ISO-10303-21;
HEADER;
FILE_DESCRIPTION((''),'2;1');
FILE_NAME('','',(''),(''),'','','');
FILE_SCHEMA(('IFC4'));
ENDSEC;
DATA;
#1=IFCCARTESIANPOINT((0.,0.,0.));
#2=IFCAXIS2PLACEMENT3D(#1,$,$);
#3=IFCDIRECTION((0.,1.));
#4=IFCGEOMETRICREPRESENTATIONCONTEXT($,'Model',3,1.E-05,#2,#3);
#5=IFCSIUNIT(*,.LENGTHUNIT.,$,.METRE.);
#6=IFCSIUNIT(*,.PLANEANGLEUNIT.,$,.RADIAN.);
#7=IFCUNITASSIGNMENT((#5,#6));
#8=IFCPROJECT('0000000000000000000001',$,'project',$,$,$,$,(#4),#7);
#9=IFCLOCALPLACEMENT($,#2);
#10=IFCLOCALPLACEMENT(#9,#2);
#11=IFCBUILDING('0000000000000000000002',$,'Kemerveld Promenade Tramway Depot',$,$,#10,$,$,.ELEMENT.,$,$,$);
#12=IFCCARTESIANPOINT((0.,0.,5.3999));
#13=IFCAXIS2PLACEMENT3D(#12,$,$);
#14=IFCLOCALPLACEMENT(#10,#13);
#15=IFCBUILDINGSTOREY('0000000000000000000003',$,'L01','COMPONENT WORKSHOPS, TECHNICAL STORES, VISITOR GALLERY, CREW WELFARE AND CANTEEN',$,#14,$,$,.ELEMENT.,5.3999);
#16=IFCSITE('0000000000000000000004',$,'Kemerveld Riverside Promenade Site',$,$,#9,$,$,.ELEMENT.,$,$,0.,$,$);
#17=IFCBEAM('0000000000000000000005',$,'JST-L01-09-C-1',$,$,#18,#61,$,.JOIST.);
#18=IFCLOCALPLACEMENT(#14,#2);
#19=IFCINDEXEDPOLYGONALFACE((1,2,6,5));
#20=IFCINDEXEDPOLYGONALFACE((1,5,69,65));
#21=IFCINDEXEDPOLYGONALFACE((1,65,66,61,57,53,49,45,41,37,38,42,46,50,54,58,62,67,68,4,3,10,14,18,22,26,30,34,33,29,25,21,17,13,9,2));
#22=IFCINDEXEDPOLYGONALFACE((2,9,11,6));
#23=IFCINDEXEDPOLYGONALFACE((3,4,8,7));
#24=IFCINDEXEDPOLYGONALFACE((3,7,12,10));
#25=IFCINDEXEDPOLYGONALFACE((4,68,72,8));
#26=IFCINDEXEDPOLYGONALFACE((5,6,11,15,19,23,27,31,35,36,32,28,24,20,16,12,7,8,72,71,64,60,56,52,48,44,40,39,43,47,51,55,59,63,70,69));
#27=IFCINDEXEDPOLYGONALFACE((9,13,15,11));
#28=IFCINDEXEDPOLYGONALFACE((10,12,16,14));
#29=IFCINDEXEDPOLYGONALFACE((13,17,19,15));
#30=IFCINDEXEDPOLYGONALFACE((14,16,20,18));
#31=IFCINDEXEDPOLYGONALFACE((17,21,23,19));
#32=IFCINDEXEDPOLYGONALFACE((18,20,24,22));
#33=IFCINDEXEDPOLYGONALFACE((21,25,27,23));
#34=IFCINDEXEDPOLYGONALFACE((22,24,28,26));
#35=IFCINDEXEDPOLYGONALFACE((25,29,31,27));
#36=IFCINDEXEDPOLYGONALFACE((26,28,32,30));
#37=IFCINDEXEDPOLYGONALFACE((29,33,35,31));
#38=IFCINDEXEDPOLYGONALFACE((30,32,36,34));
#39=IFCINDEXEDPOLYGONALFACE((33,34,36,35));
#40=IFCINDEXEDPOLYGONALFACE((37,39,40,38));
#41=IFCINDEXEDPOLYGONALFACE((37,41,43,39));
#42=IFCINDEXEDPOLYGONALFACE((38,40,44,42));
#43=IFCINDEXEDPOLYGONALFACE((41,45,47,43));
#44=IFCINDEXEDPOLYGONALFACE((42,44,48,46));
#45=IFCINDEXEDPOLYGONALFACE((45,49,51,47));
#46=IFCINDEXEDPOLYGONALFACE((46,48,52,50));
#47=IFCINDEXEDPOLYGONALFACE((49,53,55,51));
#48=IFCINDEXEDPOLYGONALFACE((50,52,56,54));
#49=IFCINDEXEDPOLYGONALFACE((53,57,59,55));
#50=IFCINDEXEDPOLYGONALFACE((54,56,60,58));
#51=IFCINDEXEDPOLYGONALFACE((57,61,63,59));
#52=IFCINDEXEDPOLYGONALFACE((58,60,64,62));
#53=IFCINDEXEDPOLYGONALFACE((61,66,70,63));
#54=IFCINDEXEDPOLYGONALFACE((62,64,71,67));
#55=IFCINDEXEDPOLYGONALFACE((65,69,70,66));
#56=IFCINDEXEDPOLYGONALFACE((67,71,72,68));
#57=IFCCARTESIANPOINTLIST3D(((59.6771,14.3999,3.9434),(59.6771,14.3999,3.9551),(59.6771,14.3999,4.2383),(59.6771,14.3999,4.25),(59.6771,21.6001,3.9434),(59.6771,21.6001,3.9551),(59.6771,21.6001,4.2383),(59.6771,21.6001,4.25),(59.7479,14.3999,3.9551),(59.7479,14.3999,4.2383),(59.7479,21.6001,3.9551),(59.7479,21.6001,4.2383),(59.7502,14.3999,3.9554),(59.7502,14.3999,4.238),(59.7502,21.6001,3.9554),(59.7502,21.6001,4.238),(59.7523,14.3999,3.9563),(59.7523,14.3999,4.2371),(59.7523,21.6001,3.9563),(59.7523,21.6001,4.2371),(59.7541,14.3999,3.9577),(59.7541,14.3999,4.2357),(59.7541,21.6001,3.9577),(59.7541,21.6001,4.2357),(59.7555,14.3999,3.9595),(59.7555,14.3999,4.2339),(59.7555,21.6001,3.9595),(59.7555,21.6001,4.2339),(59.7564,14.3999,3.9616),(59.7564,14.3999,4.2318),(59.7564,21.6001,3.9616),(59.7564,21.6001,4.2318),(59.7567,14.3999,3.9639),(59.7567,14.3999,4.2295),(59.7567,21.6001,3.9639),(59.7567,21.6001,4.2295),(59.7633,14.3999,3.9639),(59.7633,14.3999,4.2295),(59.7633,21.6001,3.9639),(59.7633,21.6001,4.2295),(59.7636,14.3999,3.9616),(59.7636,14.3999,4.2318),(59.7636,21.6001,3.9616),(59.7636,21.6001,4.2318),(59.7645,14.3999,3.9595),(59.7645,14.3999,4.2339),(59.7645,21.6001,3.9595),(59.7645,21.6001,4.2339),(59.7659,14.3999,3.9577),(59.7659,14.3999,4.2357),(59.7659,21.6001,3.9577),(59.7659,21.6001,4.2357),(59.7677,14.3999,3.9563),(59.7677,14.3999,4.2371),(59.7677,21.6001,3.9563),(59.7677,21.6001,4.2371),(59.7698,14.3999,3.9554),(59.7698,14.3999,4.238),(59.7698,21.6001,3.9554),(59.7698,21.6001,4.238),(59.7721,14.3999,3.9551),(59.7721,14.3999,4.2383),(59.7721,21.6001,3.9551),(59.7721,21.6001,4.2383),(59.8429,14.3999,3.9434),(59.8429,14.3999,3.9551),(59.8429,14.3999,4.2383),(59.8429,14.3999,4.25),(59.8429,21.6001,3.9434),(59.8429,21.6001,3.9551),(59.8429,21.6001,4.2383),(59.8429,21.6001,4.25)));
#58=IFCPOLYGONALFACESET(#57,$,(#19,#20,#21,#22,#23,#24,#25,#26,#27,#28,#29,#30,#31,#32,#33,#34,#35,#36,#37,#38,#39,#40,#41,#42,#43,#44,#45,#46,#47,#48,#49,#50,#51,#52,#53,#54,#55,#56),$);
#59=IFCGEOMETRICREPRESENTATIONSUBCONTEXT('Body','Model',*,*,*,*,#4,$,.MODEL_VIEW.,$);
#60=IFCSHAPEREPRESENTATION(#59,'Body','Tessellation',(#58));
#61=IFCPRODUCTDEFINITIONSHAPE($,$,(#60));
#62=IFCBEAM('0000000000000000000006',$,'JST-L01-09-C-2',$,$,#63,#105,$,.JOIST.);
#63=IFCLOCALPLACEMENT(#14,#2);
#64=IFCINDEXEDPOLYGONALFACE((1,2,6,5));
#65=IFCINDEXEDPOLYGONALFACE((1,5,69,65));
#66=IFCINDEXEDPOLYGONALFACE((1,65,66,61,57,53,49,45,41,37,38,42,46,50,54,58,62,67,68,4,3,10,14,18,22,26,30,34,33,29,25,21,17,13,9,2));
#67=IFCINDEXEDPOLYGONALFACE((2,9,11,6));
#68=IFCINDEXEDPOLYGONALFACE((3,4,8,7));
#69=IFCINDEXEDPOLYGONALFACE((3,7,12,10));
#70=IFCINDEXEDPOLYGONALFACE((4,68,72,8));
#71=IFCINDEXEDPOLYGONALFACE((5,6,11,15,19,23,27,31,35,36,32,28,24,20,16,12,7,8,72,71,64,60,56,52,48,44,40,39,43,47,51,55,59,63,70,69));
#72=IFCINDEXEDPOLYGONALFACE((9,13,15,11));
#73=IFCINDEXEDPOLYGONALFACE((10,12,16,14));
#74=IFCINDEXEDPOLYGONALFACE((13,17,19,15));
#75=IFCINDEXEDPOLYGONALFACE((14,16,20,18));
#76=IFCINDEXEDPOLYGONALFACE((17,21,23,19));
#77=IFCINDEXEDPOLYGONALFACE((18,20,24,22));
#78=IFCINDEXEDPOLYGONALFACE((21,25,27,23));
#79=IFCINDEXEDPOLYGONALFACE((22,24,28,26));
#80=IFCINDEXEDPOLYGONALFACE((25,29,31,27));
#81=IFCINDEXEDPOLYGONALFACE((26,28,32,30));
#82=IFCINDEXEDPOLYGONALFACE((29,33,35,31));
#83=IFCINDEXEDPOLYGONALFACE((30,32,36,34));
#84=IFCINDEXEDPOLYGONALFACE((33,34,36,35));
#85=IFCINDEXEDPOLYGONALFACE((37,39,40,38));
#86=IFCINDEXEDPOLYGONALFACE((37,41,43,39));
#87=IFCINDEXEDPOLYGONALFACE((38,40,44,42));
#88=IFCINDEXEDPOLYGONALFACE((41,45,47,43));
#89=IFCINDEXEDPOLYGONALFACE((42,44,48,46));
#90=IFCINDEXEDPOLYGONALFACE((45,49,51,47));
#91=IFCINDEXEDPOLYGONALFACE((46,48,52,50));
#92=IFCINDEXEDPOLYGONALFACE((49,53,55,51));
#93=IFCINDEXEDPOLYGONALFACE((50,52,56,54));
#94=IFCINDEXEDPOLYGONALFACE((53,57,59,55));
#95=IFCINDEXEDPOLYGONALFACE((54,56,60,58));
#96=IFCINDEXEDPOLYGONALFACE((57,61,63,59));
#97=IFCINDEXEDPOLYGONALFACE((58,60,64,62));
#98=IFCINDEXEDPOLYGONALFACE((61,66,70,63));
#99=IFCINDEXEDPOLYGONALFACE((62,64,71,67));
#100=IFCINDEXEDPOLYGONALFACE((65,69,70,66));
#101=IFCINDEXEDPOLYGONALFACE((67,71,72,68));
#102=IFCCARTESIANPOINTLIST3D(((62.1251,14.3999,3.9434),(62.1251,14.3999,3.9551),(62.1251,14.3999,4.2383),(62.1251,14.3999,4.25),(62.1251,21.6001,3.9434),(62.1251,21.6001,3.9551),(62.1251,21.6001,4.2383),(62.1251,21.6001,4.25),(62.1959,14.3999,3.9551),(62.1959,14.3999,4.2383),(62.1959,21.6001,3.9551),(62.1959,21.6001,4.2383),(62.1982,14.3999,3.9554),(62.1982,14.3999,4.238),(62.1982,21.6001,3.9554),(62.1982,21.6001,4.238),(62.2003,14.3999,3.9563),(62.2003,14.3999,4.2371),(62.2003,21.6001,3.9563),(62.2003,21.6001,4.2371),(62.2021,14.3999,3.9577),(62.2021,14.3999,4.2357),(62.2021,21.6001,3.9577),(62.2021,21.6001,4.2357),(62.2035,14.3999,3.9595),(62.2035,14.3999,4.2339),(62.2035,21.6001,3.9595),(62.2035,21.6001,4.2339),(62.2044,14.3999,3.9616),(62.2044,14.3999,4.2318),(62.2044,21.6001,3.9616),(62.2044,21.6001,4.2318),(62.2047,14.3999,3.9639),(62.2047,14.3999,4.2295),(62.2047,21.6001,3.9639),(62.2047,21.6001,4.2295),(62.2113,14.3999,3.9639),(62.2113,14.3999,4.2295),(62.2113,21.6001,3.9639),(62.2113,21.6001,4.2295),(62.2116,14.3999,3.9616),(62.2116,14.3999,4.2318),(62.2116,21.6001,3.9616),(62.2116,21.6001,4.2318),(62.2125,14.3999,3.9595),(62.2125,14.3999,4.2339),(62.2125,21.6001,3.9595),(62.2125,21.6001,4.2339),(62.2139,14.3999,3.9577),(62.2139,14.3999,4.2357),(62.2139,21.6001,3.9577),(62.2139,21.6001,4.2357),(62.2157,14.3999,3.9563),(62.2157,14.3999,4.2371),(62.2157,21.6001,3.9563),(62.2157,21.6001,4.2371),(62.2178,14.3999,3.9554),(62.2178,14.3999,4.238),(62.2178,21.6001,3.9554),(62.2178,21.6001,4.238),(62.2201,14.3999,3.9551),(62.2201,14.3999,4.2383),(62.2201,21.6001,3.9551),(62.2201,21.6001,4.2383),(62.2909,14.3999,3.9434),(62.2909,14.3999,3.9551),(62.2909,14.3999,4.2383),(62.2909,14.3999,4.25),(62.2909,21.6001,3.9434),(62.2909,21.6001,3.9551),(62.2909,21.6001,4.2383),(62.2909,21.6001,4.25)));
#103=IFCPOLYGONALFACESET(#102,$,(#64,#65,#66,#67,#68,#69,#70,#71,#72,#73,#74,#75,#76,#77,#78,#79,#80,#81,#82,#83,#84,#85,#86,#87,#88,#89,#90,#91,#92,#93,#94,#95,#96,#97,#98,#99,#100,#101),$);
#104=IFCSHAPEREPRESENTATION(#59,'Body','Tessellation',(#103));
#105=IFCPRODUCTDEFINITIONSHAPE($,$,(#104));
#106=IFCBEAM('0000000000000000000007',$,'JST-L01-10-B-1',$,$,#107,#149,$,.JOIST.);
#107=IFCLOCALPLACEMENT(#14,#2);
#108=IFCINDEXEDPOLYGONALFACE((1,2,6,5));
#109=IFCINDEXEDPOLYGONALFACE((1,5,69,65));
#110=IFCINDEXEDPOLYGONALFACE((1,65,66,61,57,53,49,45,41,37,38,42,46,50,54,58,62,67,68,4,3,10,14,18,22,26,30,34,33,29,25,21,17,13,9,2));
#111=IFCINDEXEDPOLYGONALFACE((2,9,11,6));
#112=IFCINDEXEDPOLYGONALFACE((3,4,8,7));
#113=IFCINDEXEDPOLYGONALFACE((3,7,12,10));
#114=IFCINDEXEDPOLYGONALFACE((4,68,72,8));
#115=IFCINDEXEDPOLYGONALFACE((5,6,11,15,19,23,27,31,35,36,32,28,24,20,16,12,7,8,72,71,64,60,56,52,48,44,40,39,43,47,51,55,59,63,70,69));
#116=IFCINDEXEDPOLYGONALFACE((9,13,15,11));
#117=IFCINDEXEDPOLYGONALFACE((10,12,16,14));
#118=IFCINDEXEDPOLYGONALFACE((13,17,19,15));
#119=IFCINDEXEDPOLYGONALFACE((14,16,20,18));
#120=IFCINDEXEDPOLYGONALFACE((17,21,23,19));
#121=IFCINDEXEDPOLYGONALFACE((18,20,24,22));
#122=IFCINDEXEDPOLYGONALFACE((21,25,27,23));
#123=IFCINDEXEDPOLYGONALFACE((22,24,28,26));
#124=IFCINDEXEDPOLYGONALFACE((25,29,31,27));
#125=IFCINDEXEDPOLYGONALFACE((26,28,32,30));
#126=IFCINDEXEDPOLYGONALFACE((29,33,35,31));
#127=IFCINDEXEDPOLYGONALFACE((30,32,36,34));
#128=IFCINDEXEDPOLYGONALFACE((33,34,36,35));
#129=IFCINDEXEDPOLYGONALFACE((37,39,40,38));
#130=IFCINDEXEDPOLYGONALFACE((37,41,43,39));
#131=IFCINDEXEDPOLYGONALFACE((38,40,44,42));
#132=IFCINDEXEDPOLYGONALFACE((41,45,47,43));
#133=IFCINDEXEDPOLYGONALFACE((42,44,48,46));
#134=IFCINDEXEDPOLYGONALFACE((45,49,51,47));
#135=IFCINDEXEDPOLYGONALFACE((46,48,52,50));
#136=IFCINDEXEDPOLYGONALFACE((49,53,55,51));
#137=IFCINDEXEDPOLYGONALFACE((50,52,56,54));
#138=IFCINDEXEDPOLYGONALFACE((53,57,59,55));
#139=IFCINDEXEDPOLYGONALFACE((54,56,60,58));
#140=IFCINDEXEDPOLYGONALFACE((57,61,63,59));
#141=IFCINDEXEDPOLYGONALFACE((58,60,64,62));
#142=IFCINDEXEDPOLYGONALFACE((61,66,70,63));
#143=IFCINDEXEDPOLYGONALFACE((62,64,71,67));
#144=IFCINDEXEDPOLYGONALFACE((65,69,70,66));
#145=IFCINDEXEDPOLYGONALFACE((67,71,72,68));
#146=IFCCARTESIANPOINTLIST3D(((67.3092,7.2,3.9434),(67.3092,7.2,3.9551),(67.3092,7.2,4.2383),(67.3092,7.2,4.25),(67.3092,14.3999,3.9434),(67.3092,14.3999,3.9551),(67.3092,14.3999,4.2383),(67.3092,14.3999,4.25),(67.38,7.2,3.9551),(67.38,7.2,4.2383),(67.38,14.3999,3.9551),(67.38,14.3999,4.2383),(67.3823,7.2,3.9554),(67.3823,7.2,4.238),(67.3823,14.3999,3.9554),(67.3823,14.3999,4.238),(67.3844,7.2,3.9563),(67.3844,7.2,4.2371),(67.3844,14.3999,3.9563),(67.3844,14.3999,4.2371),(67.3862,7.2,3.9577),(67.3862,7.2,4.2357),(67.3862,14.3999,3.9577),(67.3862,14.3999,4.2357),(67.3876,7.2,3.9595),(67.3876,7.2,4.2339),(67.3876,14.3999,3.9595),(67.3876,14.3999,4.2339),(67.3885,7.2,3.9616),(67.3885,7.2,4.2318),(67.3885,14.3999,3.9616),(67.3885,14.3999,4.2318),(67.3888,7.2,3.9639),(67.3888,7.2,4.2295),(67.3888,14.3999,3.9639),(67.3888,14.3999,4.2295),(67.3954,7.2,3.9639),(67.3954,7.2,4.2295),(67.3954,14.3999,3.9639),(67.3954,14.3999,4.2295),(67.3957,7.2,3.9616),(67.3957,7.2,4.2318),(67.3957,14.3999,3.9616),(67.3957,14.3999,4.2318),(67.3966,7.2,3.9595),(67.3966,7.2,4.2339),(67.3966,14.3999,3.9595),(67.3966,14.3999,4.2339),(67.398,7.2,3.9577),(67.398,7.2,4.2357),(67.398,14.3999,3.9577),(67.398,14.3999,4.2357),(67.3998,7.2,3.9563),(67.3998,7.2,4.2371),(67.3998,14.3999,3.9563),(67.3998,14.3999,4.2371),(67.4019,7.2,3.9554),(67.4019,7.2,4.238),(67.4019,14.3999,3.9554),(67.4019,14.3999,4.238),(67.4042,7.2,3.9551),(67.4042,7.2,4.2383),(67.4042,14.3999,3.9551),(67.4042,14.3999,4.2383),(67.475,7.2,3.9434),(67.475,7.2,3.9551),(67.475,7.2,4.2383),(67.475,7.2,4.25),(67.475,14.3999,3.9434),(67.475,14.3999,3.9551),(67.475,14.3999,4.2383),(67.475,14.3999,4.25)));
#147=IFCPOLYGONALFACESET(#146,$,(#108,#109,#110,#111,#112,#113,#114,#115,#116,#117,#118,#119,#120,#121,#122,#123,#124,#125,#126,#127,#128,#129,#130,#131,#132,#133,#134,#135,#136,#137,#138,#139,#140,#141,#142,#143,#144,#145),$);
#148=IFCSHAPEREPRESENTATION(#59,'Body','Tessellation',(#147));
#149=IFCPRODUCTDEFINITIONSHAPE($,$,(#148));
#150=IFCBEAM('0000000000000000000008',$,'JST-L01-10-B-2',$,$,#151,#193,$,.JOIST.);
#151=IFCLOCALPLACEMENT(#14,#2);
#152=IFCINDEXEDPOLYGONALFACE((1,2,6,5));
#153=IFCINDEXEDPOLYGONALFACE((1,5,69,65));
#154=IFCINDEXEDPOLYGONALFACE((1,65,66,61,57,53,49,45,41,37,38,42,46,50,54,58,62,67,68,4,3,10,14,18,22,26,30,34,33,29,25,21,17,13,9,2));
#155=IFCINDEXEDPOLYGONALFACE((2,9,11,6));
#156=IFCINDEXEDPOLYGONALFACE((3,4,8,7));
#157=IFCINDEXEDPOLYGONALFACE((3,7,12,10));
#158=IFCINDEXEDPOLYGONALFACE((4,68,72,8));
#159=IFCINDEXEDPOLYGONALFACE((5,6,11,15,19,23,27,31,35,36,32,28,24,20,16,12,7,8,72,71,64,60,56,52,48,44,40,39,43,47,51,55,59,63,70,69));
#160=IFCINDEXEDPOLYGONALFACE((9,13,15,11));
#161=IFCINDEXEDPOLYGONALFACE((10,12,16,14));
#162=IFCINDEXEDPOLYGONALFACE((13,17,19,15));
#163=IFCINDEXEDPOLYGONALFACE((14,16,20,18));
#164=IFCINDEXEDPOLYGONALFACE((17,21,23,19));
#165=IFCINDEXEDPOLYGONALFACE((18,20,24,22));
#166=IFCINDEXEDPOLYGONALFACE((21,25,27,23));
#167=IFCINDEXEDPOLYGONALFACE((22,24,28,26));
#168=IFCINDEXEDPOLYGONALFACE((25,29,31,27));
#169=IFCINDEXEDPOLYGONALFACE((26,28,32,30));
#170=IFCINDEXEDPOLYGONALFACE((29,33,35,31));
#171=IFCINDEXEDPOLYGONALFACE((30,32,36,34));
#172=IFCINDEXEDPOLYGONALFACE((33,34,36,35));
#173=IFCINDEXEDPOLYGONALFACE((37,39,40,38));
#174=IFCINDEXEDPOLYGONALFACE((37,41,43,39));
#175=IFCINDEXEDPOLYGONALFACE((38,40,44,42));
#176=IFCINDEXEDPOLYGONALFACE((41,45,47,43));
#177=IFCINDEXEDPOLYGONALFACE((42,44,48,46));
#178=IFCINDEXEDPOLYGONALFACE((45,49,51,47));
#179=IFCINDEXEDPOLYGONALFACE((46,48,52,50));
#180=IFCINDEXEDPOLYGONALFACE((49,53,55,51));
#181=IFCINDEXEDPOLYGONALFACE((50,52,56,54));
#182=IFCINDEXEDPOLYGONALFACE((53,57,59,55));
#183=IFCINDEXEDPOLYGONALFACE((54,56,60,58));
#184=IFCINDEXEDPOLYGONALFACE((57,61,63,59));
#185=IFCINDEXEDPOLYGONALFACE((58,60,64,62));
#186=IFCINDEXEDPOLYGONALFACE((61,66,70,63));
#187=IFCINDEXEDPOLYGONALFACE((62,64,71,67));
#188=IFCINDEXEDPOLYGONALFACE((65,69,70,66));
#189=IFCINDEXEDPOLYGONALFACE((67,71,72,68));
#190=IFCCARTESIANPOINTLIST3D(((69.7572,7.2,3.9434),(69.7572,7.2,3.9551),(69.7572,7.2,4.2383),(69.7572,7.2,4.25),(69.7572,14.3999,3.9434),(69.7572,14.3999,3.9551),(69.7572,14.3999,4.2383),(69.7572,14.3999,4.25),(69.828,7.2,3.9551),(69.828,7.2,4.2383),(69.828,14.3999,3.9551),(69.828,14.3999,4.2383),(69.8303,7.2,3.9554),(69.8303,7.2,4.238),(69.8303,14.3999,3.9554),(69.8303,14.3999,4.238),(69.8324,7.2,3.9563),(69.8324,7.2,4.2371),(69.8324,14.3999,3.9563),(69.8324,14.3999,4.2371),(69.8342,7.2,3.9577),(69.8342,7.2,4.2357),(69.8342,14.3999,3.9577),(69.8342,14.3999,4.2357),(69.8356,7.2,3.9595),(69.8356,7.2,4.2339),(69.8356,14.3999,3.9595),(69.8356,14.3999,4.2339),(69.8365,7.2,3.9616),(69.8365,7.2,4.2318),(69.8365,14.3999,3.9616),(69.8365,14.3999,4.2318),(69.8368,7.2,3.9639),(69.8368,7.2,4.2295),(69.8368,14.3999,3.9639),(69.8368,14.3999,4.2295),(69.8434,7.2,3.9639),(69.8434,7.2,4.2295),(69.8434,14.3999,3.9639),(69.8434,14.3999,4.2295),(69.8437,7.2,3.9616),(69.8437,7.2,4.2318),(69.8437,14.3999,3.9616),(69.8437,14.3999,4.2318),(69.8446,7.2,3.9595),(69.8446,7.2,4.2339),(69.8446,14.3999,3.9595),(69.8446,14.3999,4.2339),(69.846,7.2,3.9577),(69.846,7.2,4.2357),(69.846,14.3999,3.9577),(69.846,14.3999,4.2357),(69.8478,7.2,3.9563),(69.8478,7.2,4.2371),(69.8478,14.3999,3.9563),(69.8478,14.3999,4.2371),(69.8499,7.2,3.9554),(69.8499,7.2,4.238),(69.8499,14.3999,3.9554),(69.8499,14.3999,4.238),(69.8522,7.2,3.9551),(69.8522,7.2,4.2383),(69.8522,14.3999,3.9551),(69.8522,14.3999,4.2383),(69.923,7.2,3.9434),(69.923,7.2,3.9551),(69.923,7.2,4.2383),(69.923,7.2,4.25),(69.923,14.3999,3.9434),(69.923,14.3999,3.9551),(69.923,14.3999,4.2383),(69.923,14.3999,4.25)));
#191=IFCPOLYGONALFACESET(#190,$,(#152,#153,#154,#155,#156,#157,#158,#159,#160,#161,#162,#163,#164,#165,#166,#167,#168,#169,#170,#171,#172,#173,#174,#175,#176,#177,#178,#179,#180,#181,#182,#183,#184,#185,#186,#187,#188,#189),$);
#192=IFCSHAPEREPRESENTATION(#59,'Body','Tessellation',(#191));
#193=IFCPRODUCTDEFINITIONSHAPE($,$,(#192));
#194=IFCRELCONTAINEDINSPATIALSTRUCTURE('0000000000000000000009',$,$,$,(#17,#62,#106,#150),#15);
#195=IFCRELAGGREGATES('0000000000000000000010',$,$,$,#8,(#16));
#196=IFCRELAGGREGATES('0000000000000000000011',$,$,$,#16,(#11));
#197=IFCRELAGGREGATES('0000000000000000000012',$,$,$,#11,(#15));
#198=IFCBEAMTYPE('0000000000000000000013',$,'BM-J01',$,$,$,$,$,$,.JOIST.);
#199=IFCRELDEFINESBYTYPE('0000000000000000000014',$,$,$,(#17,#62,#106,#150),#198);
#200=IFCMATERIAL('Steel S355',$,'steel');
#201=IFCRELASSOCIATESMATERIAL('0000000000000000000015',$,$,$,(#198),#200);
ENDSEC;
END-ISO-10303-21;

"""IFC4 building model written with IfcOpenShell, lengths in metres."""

from ifc_helpers import new_model, si_unit, direction, frame, origin, origin_2d, place, context, subcontext, project, spatial, i_section, extrude, material, material_profile, profile_set, type_object, element, save


model = new_model("IFC4")

# Units and contexts
model_context = context("Model", 3, precision=1e-05, world=origin(), true_north=direction((0.0, 1.0)))
body_context = subcontext(model_context, "Body", "Model", "MODEL_VIEW")
ifc_project = project(units=[si_unit("LENGTHUNIT", "METRE"), si_unit("PLANEANGLEUNIT", "RADIAN")], contexts=[model_context])

# Site, building, storey
site_placement = place(None, origin())
site = spatial("IfcSite", under=ifc_project, at=site_placement, Name="Kemerveld Riverside Promenade Site", CompositionType="ELEMENT", RefElevation=0.0)
building_placement = place(site_placement, origin())
building = spatial("IfcBuilding", under=site, at=building_placement, Name="Kemerveld Promenade Tramway Depot", CompositionType="ELEMENT")
storey_placement = place(building_placement, frame((0.0, 0.0, 5.3999)))
storey = spatial("IfcBuildingStorey", under=building, at=storey_placement, Name="L01", Description="COMPONENT WORKSHOPS, TECHNICAL STORES, VISITOR GALLERY, CREW WELFARE AND CANTEEN", CompositionType="ELEMENT", Elevation=5.3999)

# Shared definitions
ifc_material_1 = material(Name="Steel S355", Category="steel")

# Beams
ifc_material_profile_1 = material_profile(ifc_material_1, i_section(OverallWidth=0.1658, OverallDepth=0.3066, WebThickness=0.0066, FlangeThickness=0.0117, FilletRadius=0.0088, at=origin_2d()), Name="305x165x46 UB")
ifc_profile_set_1 = profile_set([ifc_material_profile_1], Name="Steel S355")
beam_type_1 = type_object("IfcBeamType", Name="BM-J01", PredefinedType="JOIST", material=ifc_profile_set_1)
for number, where, z_axis, x_axis, name in (
    (1, (59.76, 14.3999, 4.0967), (0.0, 1.0, 0.0), (-1.0, 0.0, 0.0), "JST-L01-09-C-1"),
    (2, (62.208, 14.3999, 4.0967), (0.0, 1.0, 0.0), (-1.0, 0.0, 0.0), "JST-L01-09-C-2"),
):
    element("IfcBeam", number, at=place(storey_placement, frame(where, z_axis=z_axis, x_axis=x_axis)), inside=storey, type_object=beam_type_1, Name=name, PredefinedType="JOIST", context=body_context, shape_type="SweptSolid", body=[
        extrude(i_section(OverallWidth=0.1658, OverallDepth=0.3066, WebThickness=0.0066, FlangeThickness=0.0117, FilletRadius=0.0088, at=origin_2d()), origin(), (0.0, 0.0, 1.0), 7.2002),
    ])
for number, where, z_axis, x_axis, name in (
    (3, (67.3921, 7.2, 4.0967), (0.0, 1.0, 0.0), (-1.0, 0.0, 0.0), "JST-L01-10-B-1"),
    (4, (69.8401, 7.2, 4.0967), (0.0, 1.0, 0.0), (-1.0, 0.0, 0.0), "JST-L01-10-B-2"),
):
    element("IfcBeam", number, at=place(storey_placement, frame(where, z_axis=z_axis, x_axis=x_axis)), inside=storey, type_object=beam_type_1, Name=name, PredefinedType="JOIST", context=body_context, shape_type="SweptSolid", body=[
        extrude(i_section(OverallWidth=0.1658, OverallDepth=0.3066, WebThickness=0.0066, FlangeThickness=0.0117, FilletRadius=0.0088, at=origin_2d()), origin(), (0.0, 0.0, 1.0), 7.2),
    ])

save(model, "model.ifc")
